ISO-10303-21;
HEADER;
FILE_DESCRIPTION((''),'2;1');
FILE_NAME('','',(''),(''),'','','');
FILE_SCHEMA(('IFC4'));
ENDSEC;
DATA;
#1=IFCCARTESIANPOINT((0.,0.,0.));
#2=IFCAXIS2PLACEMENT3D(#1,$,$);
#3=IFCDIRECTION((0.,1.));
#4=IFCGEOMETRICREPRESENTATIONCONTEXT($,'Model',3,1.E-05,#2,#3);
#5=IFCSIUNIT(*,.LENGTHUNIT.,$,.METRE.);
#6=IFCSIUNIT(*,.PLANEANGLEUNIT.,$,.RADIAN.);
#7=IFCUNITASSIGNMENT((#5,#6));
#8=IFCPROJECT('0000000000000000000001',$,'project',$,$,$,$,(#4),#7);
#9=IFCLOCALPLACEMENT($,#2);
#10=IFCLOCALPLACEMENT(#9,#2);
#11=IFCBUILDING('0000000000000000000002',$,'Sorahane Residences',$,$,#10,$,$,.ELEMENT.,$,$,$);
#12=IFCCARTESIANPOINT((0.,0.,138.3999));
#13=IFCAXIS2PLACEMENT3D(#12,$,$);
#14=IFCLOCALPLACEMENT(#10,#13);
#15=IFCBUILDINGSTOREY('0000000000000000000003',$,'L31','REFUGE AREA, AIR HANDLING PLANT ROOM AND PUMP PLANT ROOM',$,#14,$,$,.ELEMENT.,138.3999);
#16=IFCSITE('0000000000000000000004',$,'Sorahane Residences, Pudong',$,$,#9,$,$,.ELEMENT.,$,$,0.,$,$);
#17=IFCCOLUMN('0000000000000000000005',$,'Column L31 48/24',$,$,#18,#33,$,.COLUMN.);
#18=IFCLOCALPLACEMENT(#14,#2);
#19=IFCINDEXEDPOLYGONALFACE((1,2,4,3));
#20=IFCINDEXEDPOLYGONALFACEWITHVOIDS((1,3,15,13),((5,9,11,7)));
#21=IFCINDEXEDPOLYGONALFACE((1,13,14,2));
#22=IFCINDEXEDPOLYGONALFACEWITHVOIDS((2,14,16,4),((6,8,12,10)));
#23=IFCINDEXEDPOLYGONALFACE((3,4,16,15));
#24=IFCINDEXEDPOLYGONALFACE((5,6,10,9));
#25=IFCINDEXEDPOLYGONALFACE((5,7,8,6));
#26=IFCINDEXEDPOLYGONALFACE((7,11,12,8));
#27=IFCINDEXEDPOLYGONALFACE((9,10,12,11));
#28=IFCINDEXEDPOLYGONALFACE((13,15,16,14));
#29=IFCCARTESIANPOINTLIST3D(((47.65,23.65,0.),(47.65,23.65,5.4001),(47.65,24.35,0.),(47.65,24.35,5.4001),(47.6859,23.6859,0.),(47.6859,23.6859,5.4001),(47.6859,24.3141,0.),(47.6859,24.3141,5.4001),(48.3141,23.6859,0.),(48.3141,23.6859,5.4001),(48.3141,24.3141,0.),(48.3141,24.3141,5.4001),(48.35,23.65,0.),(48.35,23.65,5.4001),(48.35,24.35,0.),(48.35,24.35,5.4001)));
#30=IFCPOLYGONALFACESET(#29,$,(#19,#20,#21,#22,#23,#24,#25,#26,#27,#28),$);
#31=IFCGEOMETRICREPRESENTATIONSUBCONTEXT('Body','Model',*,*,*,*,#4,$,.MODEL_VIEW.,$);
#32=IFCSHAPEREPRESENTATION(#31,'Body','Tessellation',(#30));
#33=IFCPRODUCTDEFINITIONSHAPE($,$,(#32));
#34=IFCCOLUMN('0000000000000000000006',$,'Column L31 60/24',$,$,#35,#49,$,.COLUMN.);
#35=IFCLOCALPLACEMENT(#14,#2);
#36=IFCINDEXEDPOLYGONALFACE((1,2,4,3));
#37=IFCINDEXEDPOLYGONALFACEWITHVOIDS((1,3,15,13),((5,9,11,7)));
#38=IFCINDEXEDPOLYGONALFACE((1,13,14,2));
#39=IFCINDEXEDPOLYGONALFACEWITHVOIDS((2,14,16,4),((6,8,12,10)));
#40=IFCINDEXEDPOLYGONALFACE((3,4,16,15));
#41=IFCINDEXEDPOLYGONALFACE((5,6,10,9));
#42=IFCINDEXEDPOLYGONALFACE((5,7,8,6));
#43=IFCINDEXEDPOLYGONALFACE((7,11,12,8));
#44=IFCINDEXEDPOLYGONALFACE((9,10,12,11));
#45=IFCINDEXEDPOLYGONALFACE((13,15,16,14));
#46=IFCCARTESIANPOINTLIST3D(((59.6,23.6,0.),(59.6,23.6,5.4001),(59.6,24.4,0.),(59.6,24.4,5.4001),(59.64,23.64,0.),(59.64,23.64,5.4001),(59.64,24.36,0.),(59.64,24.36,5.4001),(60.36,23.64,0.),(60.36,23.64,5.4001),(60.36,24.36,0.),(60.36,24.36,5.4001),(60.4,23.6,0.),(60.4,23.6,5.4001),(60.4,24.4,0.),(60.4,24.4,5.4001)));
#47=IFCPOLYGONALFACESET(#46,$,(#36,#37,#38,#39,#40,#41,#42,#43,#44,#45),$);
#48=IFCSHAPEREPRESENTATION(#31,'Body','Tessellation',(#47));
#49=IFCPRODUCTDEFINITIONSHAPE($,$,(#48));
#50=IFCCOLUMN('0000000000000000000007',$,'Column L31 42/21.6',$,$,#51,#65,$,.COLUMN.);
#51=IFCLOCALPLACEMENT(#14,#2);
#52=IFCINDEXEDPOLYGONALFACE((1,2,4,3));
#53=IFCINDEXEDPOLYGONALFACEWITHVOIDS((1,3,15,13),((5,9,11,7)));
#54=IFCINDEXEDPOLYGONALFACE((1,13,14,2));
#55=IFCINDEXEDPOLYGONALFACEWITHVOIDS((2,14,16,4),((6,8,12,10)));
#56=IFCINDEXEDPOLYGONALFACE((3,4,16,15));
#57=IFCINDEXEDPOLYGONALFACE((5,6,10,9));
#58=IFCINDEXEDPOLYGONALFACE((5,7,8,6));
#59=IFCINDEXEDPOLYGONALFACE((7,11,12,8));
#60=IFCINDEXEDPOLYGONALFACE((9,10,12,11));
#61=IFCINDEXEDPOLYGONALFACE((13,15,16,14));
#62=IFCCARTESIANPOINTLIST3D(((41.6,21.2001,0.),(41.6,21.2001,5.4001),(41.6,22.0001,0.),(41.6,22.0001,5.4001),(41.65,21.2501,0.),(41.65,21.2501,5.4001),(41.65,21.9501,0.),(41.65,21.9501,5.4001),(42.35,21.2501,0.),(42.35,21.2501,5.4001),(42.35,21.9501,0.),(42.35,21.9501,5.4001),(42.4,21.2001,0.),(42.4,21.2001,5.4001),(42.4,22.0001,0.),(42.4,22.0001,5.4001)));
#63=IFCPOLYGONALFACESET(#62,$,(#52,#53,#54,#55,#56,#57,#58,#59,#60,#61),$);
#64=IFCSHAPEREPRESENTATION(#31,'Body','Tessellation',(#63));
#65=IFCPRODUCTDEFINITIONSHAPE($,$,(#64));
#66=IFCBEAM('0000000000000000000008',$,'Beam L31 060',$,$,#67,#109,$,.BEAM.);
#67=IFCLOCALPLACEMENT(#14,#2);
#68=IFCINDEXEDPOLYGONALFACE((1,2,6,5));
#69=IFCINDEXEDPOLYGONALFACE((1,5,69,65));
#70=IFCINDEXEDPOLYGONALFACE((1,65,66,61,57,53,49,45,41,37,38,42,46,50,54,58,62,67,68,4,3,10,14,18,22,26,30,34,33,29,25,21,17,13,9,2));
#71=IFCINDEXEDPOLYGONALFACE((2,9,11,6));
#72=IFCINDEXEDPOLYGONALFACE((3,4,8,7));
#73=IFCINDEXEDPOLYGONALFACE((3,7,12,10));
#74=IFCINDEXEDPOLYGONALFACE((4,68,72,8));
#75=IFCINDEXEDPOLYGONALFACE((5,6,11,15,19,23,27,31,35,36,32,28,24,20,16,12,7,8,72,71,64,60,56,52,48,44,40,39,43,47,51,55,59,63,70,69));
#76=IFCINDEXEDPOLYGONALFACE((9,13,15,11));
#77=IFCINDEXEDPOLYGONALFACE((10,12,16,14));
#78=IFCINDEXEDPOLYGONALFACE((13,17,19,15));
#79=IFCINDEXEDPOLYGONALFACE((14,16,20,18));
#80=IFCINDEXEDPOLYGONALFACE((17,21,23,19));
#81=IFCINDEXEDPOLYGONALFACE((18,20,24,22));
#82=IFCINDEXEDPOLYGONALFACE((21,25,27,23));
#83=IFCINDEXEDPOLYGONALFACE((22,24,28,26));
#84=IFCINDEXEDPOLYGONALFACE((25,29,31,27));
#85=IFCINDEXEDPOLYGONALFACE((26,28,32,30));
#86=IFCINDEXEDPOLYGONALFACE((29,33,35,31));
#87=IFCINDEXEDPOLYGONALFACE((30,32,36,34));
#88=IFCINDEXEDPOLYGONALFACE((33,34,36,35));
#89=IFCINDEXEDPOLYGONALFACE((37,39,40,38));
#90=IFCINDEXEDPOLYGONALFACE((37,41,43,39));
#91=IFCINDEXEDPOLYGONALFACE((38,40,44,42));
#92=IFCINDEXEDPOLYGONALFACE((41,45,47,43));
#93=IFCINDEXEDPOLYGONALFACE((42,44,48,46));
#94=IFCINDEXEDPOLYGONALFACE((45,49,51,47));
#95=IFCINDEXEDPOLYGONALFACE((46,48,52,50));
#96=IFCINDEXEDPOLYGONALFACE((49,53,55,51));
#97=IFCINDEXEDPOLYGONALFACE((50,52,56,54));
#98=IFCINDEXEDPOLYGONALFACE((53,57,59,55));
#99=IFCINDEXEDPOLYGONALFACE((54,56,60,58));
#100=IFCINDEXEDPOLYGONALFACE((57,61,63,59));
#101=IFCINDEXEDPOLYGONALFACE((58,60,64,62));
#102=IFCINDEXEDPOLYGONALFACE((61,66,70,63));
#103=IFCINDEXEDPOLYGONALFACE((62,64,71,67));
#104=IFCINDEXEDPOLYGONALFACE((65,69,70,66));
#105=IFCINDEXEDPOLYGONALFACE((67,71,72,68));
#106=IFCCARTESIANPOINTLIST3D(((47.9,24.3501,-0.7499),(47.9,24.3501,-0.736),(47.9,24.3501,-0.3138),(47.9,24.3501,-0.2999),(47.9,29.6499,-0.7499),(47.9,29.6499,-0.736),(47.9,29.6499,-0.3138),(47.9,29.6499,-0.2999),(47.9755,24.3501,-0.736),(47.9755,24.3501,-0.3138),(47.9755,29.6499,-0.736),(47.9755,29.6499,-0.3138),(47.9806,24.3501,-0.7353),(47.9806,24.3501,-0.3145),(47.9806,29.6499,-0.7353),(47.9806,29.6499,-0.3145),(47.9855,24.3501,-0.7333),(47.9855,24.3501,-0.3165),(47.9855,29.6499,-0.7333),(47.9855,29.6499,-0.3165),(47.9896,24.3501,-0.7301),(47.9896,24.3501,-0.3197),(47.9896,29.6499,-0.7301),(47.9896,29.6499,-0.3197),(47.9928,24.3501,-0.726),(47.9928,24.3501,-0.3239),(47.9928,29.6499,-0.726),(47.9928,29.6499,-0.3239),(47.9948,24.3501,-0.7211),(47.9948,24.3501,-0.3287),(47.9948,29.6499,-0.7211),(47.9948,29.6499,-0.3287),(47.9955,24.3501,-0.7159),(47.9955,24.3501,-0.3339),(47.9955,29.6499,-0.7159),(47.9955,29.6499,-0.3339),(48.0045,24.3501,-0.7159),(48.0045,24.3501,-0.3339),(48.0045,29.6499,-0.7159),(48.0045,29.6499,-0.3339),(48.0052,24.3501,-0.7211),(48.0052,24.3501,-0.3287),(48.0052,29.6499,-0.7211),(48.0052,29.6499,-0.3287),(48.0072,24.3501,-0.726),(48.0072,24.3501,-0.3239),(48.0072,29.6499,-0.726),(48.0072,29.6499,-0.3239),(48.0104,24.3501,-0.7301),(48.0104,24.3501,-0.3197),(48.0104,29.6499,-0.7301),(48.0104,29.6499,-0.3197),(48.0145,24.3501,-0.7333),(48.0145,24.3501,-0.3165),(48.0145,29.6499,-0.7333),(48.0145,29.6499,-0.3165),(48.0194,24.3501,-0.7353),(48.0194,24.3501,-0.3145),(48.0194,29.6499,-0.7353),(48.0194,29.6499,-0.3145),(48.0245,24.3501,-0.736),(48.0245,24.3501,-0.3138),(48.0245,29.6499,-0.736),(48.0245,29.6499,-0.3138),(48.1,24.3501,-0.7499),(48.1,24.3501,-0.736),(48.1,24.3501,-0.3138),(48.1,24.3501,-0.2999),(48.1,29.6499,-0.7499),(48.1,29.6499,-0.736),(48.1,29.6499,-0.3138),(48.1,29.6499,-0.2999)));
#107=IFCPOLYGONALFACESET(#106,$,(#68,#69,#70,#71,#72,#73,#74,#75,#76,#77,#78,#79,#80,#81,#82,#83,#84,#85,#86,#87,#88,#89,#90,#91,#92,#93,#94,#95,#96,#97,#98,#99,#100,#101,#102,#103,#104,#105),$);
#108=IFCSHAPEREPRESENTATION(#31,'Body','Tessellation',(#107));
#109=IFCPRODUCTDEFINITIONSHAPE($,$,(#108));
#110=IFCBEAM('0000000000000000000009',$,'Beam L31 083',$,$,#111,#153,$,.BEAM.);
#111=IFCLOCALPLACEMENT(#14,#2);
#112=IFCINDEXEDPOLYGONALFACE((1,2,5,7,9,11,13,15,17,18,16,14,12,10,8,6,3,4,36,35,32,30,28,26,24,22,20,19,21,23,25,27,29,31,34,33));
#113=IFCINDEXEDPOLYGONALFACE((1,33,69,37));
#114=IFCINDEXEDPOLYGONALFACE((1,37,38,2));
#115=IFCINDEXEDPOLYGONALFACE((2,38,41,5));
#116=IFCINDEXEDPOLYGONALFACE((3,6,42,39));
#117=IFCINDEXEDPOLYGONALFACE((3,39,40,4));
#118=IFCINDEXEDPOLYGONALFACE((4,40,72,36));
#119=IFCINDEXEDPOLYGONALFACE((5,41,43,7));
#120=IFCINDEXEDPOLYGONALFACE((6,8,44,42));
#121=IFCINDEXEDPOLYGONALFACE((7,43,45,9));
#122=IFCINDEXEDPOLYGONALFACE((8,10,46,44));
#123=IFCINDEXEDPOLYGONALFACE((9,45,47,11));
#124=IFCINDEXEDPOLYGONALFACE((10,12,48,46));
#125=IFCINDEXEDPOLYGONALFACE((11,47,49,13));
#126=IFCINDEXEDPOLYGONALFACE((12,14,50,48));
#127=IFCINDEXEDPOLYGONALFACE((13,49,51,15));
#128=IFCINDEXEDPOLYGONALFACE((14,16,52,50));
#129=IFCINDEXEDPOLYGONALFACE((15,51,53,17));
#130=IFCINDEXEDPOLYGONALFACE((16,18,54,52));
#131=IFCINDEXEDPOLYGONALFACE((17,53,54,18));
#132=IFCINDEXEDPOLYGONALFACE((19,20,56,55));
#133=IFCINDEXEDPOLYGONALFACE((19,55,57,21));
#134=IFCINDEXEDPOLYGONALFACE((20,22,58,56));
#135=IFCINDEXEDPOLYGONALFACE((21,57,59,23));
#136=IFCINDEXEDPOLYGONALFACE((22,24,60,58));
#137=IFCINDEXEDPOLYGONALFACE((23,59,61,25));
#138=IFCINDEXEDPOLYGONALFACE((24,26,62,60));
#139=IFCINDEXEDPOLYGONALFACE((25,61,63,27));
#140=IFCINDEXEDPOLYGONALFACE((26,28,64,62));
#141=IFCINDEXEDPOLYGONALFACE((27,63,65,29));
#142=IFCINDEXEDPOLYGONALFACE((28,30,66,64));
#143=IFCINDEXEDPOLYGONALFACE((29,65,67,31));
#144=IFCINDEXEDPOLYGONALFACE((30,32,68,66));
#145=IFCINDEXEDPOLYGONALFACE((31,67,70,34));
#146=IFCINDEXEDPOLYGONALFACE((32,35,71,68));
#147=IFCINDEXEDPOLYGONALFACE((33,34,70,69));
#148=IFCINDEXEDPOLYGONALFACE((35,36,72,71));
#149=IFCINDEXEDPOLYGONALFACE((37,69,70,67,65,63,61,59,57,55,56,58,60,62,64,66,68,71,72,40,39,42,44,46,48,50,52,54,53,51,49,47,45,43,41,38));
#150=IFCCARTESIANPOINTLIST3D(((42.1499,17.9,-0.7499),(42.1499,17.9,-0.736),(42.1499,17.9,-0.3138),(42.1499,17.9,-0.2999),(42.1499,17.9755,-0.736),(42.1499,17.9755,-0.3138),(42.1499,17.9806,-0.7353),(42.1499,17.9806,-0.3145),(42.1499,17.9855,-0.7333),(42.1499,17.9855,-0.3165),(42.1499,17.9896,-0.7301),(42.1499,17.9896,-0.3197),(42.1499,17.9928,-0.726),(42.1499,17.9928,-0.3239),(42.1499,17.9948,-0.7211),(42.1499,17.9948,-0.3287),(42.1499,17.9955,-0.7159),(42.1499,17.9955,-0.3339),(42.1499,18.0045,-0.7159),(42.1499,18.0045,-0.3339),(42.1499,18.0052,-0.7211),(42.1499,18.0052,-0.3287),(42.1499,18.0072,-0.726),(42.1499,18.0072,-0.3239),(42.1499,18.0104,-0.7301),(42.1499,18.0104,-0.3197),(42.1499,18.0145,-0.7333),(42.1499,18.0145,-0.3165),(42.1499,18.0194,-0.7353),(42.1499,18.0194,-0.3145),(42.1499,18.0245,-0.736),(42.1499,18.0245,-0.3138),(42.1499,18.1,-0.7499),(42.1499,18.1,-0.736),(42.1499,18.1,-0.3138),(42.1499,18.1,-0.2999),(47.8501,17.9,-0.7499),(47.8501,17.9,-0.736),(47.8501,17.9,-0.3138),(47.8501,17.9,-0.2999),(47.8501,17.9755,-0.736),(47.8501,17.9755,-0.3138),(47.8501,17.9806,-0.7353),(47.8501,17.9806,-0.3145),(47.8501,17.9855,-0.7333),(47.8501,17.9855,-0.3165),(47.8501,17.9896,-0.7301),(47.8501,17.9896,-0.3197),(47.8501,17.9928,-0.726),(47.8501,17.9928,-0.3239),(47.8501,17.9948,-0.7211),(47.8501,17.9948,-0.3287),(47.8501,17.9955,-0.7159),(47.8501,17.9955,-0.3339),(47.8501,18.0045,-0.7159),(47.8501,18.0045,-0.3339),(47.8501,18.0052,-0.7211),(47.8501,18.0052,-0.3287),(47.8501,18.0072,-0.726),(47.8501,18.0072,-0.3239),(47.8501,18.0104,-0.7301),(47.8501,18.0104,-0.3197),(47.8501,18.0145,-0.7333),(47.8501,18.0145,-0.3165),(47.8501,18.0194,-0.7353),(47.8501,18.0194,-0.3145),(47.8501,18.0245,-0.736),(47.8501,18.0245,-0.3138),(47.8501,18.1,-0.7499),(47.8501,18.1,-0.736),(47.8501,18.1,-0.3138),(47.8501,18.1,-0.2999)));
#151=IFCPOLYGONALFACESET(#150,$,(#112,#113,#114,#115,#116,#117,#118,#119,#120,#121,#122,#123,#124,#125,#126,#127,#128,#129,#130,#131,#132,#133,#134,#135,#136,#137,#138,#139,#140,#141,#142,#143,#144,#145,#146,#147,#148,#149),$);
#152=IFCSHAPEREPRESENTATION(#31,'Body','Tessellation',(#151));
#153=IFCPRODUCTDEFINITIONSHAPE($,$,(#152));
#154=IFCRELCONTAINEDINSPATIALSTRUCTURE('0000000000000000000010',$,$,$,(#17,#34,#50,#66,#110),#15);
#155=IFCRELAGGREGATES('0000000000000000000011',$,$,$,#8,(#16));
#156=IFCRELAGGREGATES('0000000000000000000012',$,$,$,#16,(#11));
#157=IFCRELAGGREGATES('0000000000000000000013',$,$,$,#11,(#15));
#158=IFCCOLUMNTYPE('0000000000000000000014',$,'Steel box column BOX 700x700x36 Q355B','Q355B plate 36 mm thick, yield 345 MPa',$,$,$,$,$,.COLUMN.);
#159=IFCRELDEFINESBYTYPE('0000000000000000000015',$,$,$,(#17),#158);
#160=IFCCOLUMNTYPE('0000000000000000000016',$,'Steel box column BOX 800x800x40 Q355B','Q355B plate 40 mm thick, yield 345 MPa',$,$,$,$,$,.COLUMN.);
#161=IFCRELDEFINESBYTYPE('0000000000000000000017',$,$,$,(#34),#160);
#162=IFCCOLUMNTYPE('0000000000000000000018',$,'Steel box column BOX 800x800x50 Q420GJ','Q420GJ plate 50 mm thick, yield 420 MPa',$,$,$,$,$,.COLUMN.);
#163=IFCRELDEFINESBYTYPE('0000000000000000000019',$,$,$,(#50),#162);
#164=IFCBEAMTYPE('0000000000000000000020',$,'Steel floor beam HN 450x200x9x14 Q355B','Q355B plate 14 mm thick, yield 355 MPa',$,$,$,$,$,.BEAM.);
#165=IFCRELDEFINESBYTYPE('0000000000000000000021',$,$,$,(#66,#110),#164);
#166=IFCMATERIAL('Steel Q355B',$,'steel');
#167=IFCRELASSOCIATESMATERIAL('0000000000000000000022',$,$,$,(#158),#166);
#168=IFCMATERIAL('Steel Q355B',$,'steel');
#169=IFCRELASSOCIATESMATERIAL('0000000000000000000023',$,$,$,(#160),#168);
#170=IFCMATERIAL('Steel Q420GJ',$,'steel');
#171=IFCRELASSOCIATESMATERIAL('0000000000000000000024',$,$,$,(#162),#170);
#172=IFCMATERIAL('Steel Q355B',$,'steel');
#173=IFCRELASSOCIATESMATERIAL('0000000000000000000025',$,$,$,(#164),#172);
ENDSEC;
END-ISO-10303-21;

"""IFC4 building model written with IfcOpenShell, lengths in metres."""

from ifc_helpers import new_model, si_unit, direction, frame, origin, origin_2d, place, context, subcontext, project, spatial, hollow_rectangle, i_section, extrude, material, material_profile, profile_set, type_object, element, save


model = new_model("IFC4")

# Units and contexts
model_context = context("Model", 3, precision=1e-05, world=origin(), true_north=direction((0.0, 1.0)))
body_context = subcontext(model_context, "Body", "Model", "MODEL_VIEW")
ifc_project = project(units=[si_unit("LENGTHUNIT", "METRE"), si_unit("PLANEANGLEUNIT", "RADIAN")], contexts=[model_context])

# Site, building, storey
site_placement = place(None, origin())
site = spatial("IfcSite", under=ifc_project, at=site_placement, Name="Sorahane Residences, Pudong", CompositionType="ELEMENT", RefElevation=0.0)
building_placement = place(site_placement, origin())
building = spatial("IfcBuilding", under=site, at=building_placement, Name="Sorahane Residences", CompositionType="ELEMENT")
storey_placement = place(building_placement, frame((0.0, 0.0, 138.3999)))
storey = spatial("IfcBuildingStorey", under=building, at=storey_placement, Name="L31", Description="REFUGE AREA, AIR HANDLING PLANT ROOM AND PUMP PLANT ROOM", CompositionType="ELEMENT", Elevation=138.3999)

# Columns
ifc_material_1 = material(Name="Steel Q355B", Category="steel")
ifc_material_profile_1 = material_profile(ifc_material_1, hollow_rectangle(XDim=0.7, YDim=0.7, WallThickness=0.0359, at=origin_2d()), Name="BOX 700x700x36")
ifc_profile_set_1 = profile_set([ifc_material_profile_1], Name="Steel Q355B")
column_type_1 = type_object("IfcColumnType", Name="Steel box column BOX 700x700x36 Q355B", Description="Q355B plate 36 mm thick, yield 345 MPa", PredefinedType="COLUMN", material=ifc_profile_set_1)
column_1_placement = place(storey_placement, frame((48.0, 24.0, 0.0), z_axis=(0.0, 0.0, 1.0), x_axis=(1.0, 0.0, 0.0)))
element("IfcColumn", 1, at=column_1_placement, inside=storey, type_object=column_type_1, Name="Column L31 48/24", PredefinedType="COLUMN", context=body_context, shape_type="SweptSolid", body=[
    extrude(hollow_rectangle(XDim=0.7, YDim=0.7, WallThickness=0.0359, at=origin_2d()), origin(), (0.0, 0.0, 1.0), 5.4001),
])
ifc_material_2 = material(Name="Steel Q355B", Category="steel")
ifc_material_profile_2 = material_profile(ifc_material_2, hollow_rectangle(XDim=0.8, YDim=0.8, WallThickness=0.04, at=origin_2d()), Name="BOX 800x800x40")
ifc_profile_set_2 = profile_set([ifc_material_profile_2], Name="Steel Q355B")
column_type_2 = type_object("IfcColumnType", Name="Steel box column BOX 800x800x40 Q355B", Description="Q355B plate 40 mm thick, yield 345 MPa", PredefinedType="COLUMN", material=ifc_profile_set_2)
column_2_placement = place(storey_placement, frame((60.0, 24.0, 0.0), z_axis=(0.0, 0.0, 1.0), x_axis=(1.0, 0.0, 0.0)))
element("IfcColumn", 2, at=column_2_placement, inside=storey, type_object=column_type_2, Name="Column L31 60/24", PredefinedType="COLUMN", context=body_context, shape_type="SweptSolid", body=[
    extrude(hollow_rectangle(XDim=0.8, YDim=0.8, WallThickness=0.04, at=origin_2d()), origin(), (0.0, 0.0, 1.0), 5.4001),
])
ifc_material_3 = material(Name="Steel Q420GJ", Category="steel")
ifc_material_profile_3 = material_profile(ifc_material_3, hollow_rectangle(XDim=0.8, YDim=0.8, WallThickness=0.05, at=origin_2d()), Name="BOX 800x800x50")
ifc_profile_set_3 = profile_set([ifc_material_profile_3], Name="Steel Q420GJ")
column_type_3 = type_object("IfcColumnType", Name="Steel box column BOX 800x800x50 Q420GJ", Description="Q420GJ plate 50 mm thick, yield 420 MPa", PredefinedType="COLUMN", material=ifc_profile_set_3)
column_3_placement = place(storey_placement, frame((42.0, 21.6001, 0.0), z_axis=(0.0, 0.0, 1.0), x_axis=(1.0, 0.0, 0.0)))
element("IfcColumn", 3, at=column_3_placement, inside=storey, type_object=column_type_3, Name="Column L31 42/21.6", PredefinedType="COLUMN", context=body_context, shape_type="SweptSolid", body=[
    extrude(hollow_rectangle(XDim=0.8, YDim=0.8, WallThickness=0.05, at=origin_2d()), origin(), (0.0, 0.0, 1.0), 5.4001),
])

# Beams
ifc_material_4 = material(Name="Steel Q355B", Category="steel")
ifc_material_profile_4 = material_profile(ifc_material_4, i_section(OverallWidth=0.2, OverallDepth=0.45, WebThickness=0.009, FlangeThickness=0.0139, FilletRadius=0.02, at=origin_2d()), Name="HN 450x200x9x14")
ifc_profile_set_4 = profile_set([ifc_material_profile_4], Name="Steel Q355B")
beam_type_1 = type_object("IfcBeamType", Name="Steel floor beam HN 450x200x9x14 Q355B", Description="Q355B plate 14 mm thick, yield 355 MPa", PredefinedType="BEAM", material=ifc_profile_set_4)
beam_1_placement = place(storey_placement, frame((48.0, 24.3501, -0.5249), z_axis=(0.0, 1.0, 0.0), x_axis=(-1.0, 0.0, 0.0)))
element("IfcBeam", 4, at=beam_1_placement, inside=storey, type_object=beam_type_1, Name="Beam L31 060", PredefinedType="BEAM", context=body_context, shape_type="SweptSolid", body=[
    extrude(i_section(OverallWidth=0.2, OverallDepth=0.45, WebThickness=0.009, FlangeThickness=0.0139, FilletRadius=0.02, at=origin_2d()), origin(), (0.0, 0.0, 1.0), 5.2998),
])
beam_2_placement = place(storey_placement, frame((42.1499, 18.0, -0.5249), z_axis=(1.0, 0.0, 0.0), x_axis=(0.0, 1.0, 0.0)))
element("IfcBeam", 5, at=beam_2_placement, inside=storey, type_object=beam_type_1, Name="Beam L31 083", PredefinedType="BEAM", context=body_context, shape_type="SweptSolid", body=[
    extrude(i_section(OverallWidth=0.2, OverallDepth=0.45, WebThickness=0.009, FlangeThickness=0.0139, FilletRadius=0.02, at=origin_2d()), origin(), (0.0, 0.0, 1.0), 5.7002),
])

save(model, "model.ifc")
